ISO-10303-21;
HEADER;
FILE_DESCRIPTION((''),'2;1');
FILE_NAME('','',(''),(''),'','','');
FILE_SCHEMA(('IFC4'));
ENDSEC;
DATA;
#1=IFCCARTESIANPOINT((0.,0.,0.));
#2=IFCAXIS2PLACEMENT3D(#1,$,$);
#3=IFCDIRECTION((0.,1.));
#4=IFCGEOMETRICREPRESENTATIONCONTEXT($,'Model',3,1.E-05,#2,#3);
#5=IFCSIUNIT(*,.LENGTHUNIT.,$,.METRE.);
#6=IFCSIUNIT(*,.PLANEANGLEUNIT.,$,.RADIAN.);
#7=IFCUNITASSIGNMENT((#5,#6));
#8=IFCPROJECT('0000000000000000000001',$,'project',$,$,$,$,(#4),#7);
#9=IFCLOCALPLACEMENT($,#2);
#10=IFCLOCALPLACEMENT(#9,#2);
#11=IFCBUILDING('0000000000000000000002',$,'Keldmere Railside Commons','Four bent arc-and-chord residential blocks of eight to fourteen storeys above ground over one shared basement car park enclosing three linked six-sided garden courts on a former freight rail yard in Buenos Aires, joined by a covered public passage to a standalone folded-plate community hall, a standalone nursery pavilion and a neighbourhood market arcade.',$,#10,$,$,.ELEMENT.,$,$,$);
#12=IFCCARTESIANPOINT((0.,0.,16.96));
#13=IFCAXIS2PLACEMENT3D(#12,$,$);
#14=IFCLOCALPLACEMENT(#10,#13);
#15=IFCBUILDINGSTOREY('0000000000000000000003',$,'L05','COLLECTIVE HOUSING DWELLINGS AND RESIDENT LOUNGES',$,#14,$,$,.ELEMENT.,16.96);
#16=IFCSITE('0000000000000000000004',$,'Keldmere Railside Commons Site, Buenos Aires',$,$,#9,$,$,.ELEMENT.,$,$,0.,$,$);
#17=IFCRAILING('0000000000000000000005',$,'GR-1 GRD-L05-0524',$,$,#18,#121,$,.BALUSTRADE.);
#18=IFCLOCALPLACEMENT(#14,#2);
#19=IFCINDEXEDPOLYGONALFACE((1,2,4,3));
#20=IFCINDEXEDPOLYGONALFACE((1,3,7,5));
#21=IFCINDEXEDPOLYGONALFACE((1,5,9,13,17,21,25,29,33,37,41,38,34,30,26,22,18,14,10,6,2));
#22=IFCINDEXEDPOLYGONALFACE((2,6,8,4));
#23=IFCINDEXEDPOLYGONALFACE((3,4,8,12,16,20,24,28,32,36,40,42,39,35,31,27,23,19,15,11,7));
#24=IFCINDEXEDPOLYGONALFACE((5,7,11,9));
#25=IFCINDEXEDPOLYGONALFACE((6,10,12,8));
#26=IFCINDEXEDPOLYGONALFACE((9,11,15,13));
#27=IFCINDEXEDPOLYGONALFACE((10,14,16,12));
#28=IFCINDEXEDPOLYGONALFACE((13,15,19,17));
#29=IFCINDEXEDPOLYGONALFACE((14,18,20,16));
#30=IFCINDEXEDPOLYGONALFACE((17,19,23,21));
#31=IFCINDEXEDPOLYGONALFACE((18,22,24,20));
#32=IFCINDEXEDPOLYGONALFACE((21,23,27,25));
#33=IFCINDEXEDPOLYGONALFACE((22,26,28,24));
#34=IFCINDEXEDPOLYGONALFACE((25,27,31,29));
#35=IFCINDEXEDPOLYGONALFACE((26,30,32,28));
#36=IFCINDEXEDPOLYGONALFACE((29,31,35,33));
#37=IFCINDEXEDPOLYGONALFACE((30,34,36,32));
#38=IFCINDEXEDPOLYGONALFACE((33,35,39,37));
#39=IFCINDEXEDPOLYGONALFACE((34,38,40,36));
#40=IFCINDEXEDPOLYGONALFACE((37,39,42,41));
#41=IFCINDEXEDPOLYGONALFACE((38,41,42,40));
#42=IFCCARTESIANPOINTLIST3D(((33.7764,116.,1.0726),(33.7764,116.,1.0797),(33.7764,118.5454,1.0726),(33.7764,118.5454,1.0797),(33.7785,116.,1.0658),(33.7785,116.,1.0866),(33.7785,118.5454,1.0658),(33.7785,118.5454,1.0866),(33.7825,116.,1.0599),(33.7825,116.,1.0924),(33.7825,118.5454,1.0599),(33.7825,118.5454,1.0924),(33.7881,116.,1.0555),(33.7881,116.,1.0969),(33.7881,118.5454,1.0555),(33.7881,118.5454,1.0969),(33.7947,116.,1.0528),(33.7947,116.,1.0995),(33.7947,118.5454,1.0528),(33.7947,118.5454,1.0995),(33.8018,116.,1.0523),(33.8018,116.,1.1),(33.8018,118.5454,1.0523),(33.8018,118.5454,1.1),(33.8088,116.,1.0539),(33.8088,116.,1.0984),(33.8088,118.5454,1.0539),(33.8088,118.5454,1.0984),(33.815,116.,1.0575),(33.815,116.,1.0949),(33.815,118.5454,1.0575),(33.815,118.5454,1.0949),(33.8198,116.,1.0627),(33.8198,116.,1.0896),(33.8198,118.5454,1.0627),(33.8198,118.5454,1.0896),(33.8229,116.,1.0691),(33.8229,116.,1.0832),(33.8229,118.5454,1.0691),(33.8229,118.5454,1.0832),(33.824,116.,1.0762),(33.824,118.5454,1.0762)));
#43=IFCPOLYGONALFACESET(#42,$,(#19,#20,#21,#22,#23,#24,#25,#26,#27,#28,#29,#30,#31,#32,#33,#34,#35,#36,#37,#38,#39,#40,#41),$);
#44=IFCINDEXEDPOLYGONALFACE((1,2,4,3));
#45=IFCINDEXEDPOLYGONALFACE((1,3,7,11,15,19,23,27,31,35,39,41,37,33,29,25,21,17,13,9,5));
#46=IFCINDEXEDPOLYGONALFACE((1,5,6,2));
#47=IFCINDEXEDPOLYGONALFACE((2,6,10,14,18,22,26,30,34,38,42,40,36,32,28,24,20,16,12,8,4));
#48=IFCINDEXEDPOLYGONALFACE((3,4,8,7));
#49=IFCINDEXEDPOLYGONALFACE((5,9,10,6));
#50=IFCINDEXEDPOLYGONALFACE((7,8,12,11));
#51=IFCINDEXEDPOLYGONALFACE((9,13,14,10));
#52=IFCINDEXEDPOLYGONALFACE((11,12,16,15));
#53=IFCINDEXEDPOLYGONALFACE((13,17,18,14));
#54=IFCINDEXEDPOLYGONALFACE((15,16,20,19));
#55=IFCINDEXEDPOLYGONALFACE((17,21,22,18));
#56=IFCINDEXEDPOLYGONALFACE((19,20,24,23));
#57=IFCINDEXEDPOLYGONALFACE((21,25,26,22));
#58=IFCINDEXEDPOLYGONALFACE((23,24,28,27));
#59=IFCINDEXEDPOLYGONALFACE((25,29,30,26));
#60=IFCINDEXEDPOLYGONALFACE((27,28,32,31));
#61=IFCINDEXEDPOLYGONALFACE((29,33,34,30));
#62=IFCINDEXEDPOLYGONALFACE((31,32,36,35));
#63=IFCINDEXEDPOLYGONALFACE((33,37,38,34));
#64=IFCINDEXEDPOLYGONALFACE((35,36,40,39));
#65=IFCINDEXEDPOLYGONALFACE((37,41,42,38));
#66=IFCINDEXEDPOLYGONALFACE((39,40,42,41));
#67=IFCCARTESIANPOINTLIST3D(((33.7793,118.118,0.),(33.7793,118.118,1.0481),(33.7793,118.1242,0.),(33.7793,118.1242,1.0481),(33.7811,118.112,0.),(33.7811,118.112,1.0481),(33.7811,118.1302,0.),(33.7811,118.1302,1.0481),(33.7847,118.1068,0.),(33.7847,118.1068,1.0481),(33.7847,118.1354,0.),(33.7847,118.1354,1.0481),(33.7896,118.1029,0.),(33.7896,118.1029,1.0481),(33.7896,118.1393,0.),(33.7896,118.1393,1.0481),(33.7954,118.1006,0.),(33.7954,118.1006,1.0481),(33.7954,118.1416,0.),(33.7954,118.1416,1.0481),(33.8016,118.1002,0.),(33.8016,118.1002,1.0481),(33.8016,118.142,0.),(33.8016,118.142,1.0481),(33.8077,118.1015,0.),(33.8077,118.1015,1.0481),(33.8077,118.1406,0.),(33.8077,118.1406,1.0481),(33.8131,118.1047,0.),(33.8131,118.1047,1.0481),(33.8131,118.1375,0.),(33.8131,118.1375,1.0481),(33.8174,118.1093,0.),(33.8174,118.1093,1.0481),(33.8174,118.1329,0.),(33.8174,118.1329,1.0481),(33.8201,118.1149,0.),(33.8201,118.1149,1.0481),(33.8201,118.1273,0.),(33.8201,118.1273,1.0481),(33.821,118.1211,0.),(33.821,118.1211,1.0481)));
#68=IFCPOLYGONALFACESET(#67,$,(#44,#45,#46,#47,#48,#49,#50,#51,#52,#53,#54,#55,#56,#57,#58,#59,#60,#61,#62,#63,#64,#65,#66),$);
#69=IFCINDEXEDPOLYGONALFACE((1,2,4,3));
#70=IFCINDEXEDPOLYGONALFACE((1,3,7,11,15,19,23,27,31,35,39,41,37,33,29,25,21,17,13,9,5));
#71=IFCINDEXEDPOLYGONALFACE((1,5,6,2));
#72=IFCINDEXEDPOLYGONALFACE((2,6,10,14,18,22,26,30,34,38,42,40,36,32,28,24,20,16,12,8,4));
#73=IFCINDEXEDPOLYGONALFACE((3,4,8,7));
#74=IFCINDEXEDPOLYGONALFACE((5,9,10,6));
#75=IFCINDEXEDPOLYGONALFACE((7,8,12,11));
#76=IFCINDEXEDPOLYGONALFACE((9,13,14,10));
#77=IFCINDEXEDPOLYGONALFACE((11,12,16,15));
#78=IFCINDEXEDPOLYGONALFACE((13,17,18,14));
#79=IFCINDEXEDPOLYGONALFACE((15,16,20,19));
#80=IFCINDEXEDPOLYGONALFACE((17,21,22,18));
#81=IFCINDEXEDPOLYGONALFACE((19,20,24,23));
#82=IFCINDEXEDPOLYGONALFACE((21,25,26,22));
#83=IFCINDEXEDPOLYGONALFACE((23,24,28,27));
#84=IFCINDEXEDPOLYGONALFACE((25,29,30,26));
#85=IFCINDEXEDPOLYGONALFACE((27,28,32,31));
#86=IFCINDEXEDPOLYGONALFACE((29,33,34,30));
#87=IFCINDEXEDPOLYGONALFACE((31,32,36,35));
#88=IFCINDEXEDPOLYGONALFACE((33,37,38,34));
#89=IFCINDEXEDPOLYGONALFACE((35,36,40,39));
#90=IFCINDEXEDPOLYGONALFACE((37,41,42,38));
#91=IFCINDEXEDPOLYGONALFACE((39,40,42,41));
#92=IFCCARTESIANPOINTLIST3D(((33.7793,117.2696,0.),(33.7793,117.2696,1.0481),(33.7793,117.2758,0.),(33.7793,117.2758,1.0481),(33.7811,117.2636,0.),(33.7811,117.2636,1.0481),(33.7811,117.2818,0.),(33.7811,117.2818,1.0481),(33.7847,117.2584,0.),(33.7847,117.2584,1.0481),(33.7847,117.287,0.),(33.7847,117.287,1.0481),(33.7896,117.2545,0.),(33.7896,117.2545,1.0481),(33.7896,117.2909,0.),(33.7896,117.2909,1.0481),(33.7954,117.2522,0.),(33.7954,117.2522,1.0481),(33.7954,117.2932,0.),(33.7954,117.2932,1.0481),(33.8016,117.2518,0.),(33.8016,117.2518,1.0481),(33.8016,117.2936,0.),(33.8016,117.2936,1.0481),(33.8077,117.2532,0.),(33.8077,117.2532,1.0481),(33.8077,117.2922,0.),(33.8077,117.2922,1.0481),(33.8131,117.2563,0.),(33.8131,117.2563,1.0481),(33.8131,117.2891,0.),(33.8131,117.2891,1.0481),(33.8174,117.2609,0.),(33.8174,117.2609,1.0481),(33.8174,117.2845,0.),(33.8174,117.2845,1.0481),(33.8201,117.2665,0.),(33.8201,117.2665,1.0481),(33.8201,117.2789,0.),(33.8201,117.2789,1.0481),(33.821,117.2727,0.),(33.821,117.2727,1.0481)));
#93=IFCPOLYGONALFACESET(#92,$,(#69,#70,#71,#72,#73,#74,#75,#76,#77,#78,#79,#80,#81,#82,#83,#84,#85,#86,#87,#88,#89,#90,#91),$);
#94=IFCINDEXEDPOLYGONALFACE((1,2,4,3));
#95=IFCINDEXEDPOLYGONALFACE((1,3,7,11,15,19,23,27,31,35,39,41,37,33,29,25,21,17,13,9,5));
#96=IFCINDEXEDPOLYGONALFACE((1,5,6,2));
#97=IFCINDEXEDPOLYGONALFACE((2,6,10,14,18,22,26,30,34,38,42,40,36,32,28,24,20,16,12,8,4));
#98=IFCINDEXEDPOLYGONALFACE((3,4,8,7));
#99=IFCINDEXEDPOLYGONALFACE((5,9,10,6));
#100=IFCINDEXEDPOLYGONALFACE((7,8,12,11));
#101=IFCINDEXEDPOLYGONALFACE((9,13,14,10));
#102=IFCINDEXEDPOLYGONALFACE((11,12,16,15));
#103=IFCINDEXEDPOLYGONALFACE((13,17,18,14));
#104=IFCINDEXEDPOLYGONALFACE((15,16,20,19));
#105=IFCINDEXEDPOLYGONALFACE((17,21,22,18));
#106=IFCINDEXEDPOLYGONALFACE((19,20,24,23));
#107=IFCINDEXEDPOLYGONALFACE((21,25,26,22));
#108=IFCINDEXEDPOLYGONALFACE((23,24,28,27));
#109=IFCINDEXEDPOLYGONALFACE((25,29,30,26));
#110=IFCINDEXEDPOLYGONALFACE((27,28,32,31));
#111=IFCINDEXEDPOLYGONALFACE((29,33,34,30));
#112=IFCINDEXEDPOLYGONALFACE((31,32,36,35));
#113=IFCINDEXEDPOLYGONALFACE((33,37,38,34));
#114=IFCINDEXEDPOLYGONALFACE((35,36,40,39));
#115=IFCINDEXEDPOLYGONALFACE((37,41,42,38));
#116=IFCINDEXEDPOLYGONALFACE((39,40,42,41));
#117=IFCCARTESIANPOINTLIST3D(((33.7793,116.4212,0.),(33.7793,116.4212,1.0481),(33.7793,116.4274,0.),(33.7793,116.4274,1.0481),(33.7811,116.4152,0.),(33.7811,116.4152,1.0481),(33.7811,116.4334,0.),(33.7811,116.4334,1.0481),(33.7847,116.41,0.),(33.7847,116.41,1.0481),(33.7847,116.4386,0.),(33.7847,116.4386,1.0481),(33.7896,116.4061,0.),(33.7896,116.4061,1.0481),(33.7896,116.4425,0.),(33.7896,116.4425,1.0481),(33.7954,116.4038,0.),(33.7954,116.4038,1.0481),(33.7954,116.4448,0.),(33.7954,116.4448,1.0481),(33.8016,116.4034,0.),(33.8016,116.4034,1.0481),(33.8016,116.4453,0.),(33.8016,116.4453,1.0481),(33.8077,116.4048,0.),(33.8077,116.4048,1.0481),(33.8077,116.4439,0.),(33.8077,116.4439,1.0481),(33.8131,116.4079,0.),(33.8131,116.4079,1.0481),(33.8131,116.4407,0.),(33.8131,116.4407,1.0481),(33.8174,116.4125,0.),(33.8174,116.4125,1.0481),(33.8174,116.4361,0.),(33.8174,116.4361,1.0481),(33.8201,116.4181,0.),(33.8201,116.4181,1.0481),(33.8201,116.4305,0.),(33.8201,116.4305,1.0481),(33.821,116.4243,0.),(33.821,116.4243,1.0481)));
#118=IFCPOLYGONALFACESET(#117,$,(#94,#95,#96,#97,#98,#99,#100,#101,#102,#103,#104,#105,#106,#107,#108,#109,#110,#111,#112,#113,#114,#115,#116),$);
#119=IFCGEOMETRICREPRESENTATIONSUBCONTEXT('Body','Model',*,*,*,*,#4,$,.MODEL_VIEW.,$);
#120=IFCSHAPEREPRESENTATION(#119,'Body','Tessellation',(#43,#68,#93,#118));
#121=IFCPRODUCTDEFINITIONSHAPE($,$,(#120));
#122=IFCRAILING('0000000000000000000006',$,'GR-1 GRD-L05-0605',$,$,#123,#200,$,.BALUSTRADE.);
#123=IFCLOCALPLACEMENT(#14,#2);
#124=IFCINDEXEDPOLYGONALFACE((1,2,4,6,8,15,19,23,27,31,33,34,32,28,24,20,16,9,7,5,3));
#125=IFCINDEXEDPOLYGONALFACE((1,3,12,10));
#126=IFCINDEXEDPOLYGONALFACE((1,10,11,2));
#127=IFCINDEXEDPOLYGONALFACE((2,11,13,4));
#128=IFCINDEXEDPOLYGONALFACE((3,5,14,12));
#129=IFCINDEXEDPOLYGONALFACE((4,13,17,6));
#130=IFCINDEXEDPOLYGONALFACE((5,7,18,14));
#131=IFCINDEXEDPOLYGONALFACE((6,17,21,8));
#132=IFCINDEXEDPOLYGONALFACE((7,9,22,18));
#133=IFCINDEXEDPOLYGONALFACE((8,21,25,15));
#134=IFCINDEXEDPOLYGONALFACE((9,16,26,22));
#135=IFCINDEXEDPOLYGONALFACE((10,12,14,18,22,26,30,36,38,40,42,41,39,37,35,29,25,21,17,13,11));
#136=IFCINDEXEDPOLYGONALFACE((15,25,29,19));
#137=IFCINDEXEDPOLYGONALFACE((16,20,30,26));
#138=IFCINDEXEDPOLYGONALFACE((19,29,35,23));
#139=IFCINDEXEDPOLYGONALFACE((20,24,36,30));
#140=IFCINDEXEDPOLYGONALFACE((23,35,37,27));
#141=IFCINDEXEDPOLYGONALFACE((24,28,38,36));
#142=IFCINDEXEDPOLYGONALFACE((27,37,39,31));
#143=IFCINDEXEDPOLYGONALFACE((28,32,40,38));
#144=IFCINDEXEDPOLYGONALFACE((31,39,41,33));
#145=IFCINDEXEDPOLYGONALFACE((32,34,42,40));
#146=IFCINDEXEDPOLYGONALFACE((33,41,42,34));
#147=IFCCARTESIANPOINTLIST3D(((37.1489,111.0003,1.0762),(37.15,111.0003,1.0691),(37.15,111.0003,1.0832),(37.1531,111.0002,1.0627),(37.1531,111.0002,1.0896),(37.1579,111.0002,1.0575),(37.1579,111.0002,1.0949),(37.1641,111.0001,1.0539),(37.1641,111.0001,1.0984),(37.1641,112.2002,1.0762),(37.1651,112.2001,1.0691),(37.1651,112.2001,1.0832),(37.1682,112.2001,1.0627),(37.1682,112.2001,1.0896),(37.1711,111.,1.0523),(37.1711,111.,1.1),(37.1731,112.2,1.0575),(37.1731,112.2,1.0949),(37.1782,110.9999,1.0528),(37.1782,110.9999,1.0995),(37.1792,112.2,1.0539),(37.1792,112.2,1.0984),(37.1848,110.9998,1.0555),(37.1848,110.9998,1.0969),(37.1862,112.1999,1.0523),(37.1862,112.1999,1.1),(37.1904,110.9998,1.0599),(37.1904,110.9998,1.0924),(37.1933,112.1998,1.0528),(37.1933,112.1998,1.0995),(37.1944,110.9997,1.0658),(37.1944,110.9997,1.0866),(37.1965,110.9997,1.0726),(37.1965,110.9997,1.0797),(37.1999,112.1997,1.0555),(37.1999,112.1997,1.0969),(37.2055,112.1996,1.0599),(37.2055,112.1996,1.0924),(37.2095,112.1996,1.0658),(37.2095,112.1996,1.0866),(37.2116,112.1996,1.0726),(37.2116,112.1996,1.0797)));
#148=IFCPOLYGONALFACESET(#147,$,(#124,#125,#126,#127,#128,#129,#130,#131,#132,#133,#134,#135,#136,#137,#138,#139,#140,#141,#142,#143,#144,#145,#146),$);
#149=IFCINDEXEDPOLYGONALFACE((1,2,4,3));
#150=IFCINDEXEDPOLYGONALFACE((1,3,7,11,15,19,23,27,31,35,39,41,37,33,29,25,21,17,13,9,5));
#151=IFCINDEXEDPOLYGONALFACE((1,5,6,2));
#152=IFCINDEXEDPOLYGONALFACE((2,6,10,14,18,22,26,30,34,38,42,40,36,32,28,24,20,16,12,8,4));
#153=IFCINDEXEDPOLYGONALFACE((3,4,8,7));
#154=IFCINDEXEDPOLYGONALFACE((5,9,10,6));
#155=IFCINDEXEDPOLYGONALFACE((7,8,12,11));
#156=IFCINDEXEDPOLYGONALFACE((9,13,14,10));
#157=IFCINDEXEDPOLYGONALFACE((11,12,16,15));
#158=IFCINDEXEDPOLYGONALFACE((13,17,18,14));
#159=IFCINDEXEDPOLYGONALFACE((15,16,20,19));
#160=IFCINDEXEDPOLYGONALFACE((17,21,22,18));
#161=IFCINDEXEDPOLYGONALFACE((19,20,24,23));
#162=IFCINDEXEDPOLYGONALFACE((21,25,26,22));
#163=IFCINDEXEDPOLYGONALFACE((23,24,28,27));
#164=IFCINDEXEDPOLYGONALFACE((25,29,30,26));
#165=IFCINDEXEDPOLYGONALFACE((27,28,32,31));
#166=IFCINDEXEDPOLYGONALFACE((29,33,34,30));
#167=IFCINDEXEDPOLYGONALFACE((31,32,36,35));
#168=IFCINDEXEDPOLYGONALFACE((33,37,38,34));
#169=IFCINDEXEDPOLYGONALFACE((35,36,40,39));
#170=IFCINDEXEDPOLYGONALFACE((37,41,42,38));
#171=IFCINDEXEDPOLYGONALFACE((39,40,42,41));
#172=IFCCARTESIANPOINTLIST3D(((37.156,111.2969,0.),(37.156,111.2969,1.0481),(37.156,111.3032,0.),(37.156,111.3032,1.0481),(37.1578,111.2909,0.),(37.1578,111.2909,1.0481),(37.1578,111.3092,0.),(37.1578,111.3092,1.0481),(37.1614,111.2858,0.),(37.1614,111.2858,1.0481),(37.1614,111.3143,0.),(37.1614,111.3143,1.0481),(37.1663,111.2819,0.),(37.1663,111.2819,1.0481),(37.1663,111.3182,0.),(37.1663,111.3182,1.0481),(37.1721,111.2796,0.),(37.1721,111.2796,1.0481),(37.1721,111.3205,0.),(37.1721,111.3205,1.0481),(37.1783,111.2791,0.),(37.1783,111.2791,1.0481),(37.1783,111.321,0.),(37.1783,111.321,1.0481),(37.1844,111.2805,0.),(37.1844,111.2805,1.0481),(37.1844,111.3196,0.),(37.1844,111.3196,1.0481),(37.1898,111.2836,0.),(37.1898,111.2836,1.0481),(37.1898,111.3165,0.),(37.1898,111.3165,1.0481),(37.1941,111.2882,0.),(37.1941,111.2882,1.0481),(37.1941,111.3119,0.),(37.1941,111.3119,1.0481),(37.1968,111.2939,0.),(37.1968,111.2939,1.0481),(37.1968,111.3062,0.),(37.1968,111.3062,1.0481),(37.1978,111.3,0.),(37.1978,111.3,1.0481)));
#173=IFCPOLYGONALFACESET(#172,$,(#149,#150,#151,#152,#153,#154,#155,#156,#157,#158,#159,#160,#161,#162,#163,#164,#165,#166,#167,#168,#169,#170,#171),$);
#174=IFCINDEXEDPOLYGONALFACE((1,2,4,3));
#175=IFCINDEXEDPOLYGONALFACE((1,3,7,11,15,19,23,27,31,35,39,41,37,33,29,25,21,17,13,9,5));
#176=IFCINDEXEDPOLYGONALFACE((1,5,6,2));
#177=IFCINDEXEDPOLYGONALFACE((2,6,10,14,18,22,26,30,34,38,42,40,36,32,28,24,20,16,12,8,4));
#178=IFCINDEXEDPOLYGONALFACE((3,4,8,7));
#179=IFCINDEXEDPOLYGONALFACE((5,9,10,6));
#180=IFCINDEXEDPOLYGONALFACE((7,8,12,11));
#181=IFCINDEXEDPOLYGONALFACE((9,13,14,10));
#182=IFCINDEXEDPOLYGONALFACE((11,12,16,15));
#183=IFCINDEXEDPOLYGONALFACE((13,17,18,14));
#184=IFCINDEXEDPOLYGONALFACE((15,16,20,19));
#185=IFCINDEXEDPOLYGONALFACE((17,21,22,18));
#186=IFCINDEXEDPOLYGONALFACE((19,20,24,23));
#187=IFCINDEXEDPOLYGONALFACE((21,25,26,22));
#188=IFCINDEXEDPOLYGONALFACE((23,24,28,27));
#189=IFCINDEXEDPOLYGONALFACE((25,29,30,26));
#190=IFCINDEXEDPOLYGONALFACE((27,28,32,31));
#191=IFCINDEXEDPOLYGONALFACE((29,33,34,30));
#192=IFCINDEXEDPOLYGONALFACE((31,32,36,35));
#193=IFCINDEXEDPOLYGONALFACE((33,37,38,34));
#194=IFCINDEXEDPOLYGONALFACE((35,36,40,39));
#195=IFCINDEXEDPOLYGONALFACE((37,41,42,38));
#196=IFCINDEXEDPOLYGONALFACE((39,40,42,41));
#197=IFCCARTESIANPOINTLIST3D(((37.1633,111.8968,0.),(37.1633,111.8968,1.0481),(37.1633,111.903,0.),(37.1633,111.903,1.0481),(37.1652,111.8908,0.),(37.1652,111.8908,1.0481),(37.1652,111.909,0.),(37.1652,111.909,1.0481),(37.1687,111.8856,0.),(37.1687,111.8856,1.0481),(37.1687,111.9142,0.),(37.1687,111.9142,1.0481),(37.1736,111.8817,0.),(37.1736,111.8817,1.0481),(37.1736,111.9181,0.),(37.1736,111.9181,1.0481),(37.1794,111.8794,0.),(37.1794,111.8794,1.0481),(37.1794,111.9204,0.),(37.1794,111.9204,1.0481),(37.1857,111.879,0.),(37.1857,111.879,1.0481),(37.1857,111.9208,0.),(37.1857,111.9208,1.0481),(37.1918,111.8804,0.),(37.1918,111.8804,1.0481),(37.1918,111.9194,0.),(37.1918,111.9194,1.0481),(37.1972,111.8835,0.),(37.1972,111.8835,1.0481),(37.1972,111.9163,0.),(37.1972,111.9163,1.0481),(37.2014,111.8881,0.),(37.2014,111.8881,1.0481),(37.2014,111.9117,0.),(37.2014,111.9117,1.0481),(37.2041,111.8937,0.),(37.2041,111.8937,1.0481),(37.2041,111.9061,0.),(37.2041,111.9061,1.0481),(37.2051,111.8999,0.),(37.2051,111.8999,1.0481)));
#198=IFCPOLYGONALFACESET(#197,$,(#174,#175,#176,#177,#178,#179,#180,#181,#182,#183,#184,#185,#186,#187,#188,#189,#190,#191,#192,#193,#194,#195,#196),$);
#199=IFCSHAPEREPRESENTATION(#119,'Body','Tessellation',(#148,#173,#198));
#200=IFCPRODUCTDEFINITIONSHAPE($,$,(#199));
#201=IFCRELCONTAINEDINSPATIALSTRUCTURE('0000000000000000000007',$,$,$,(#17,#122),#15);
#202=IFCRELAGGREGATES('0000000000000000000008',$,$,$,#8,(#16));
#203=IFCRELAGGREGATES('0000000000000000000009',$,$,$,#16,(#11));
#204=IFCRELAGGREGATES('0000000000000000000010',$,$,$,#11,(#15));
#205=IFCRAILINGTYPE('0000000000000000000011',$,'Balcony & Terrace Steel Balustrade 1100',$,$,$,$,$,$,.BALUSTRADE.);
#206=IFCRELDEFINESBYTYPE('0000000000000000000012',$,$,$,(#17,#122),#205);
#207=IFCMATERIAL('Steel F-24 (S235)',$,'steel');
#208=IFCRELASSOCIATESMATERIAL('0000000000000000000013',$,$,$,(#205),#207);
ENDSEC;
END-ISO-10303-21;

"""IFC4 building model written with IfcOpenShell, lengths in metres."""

from ifc_helpers import new_model, si_unit, direction, frame, origin, origin_2d, place, context, subcontext, project, spatial, circle, extrude, material, type_object, element, save


model = new_model("IFC4")

# Units and contexts
model_context = context("Model", 3, precision=1e-05, world=origin(), true_north=direction((0.0, 1.0)))
body_context = subcontext(model_context, "Body", "Model", "MODEL_VIEW")
ifc_project = project(units=[si_unit("LENGTHUNIT", "METRE"), si_unit("PLANEANGLEUNIT", "RADIAN")], contexts=[model_context])

# Site, building, storey
site_placement = place(None, origin())
site = spatial("IfcSite", under=ifc_project, at=site_placement, Name="Keldmere Railside Commons Site, Buenos Aires", CompositionType="ELEMENT", RefElevation=0.0)
building_placement = place(site_placement, origin())
building = spatial("IfcBuilding", under=site, at=building_placement, Name="Keldmere Railside Commons", Description="Four bent arc-and-chord residential blocks of eight to fourteen storeys above ground over one shared basement car park enclosing three linked six-sided garden courts on a former freight rail yard in Buenos Aires, joined by a covered public passage to a standalone folded-plate community hall, a standalone nursery pavilion and a neighbourhood market arcade.", CompositionType="ELEMENT")
storey_placement = place(building_placement, frame((0.0, 0.0, 16.96)))
storey = spatial("IfcBuildingStorey", under=building, at=storey_placement, Name="L05", Description="COLLECTIVE HOUSING DWELLINGS AND RESIDENT LOUNGES", CompositionType="ELEMENT", Elevation=16.96)

# Railings
ifc_material_1 = material(Name="Steel F-24 (S235)", Category="steel")
railing_type = type_object("IfcRailingType", Name="Balcony & Terrace Steel Balustrade 1100", PredefinedType="BALUSTRADE", material=ifc_material_1)
railing_1_placement = place(storey_placement, frame((33.8, 118.5454, 0.0)))
element("IfcRailing", 1, at=railing_1_placement, inside=storey, type_object=railing_type, Name="GR-1 GRD-L05-0524", PredefinedType="BALUSTRADE", context=body_context, shape_type="SweptSolid", body=[
    extrude(circle(Radius=0.0239, at=origin_2d()), frame((0.0, 0.0, 1.0762), z_axis=(0.0, -1.0, 0.0), x_axis=(1.0, 0.0, 0.0)), (0.0, 0.0, 1.0), 2.5454),
    extrude(circle(Radius=0.021, at=origin_2d()), frame((0.0, -0.4243, 0.0)), (0.0, 0.0, 1.0), 1.0481),
    extrude(circle(Radius=0.021, at=origin_2d()), frame((0.0, -1.2727, 0.0)), (0.0, 0.0, 1.0), 1.0481),
    extrude(circle(Radius=0.021, at=origin_2d()), frame((0.0, -2.1211, 0.0)), (0.0, 0.0, 1.0), 1.0481),
])
railing_2_placement = place(storey_placement, frame((37.1729, 111.0, 0.0)))
element("IfcRailing", 2, at=railing_2_placement, inside=storey, type_object=railing_type, Name="GR-1 GRD-L05-0605", PredefinedType="BALUSTRADE", context=body_context, shape_type="SweptSolid", body=[
    extrude(circle(Radius=0.0239, at=origin_2d()), frame((0.0, 0.0, 1.0762), z_axis=(0.012613, 0.99992, 0.0), x_axis=(-0.99992, 0.012613, 0.0)), (0.0, 0.0, 1.0), 1.2),
    extrude(circle(Radius=0.021, at=origin_2d()), frame((0.0039, 0.3, 0.0)), (0.0, 0.0, 1.0), 1.0481),
    extrude(circle(Radius=0.021, at=origin_2d()), frame((0.0112, 0.8999, 0.0)), (0.0, 0.0, 1.0), 1.0481),
])

save(model, "model.ifc")
